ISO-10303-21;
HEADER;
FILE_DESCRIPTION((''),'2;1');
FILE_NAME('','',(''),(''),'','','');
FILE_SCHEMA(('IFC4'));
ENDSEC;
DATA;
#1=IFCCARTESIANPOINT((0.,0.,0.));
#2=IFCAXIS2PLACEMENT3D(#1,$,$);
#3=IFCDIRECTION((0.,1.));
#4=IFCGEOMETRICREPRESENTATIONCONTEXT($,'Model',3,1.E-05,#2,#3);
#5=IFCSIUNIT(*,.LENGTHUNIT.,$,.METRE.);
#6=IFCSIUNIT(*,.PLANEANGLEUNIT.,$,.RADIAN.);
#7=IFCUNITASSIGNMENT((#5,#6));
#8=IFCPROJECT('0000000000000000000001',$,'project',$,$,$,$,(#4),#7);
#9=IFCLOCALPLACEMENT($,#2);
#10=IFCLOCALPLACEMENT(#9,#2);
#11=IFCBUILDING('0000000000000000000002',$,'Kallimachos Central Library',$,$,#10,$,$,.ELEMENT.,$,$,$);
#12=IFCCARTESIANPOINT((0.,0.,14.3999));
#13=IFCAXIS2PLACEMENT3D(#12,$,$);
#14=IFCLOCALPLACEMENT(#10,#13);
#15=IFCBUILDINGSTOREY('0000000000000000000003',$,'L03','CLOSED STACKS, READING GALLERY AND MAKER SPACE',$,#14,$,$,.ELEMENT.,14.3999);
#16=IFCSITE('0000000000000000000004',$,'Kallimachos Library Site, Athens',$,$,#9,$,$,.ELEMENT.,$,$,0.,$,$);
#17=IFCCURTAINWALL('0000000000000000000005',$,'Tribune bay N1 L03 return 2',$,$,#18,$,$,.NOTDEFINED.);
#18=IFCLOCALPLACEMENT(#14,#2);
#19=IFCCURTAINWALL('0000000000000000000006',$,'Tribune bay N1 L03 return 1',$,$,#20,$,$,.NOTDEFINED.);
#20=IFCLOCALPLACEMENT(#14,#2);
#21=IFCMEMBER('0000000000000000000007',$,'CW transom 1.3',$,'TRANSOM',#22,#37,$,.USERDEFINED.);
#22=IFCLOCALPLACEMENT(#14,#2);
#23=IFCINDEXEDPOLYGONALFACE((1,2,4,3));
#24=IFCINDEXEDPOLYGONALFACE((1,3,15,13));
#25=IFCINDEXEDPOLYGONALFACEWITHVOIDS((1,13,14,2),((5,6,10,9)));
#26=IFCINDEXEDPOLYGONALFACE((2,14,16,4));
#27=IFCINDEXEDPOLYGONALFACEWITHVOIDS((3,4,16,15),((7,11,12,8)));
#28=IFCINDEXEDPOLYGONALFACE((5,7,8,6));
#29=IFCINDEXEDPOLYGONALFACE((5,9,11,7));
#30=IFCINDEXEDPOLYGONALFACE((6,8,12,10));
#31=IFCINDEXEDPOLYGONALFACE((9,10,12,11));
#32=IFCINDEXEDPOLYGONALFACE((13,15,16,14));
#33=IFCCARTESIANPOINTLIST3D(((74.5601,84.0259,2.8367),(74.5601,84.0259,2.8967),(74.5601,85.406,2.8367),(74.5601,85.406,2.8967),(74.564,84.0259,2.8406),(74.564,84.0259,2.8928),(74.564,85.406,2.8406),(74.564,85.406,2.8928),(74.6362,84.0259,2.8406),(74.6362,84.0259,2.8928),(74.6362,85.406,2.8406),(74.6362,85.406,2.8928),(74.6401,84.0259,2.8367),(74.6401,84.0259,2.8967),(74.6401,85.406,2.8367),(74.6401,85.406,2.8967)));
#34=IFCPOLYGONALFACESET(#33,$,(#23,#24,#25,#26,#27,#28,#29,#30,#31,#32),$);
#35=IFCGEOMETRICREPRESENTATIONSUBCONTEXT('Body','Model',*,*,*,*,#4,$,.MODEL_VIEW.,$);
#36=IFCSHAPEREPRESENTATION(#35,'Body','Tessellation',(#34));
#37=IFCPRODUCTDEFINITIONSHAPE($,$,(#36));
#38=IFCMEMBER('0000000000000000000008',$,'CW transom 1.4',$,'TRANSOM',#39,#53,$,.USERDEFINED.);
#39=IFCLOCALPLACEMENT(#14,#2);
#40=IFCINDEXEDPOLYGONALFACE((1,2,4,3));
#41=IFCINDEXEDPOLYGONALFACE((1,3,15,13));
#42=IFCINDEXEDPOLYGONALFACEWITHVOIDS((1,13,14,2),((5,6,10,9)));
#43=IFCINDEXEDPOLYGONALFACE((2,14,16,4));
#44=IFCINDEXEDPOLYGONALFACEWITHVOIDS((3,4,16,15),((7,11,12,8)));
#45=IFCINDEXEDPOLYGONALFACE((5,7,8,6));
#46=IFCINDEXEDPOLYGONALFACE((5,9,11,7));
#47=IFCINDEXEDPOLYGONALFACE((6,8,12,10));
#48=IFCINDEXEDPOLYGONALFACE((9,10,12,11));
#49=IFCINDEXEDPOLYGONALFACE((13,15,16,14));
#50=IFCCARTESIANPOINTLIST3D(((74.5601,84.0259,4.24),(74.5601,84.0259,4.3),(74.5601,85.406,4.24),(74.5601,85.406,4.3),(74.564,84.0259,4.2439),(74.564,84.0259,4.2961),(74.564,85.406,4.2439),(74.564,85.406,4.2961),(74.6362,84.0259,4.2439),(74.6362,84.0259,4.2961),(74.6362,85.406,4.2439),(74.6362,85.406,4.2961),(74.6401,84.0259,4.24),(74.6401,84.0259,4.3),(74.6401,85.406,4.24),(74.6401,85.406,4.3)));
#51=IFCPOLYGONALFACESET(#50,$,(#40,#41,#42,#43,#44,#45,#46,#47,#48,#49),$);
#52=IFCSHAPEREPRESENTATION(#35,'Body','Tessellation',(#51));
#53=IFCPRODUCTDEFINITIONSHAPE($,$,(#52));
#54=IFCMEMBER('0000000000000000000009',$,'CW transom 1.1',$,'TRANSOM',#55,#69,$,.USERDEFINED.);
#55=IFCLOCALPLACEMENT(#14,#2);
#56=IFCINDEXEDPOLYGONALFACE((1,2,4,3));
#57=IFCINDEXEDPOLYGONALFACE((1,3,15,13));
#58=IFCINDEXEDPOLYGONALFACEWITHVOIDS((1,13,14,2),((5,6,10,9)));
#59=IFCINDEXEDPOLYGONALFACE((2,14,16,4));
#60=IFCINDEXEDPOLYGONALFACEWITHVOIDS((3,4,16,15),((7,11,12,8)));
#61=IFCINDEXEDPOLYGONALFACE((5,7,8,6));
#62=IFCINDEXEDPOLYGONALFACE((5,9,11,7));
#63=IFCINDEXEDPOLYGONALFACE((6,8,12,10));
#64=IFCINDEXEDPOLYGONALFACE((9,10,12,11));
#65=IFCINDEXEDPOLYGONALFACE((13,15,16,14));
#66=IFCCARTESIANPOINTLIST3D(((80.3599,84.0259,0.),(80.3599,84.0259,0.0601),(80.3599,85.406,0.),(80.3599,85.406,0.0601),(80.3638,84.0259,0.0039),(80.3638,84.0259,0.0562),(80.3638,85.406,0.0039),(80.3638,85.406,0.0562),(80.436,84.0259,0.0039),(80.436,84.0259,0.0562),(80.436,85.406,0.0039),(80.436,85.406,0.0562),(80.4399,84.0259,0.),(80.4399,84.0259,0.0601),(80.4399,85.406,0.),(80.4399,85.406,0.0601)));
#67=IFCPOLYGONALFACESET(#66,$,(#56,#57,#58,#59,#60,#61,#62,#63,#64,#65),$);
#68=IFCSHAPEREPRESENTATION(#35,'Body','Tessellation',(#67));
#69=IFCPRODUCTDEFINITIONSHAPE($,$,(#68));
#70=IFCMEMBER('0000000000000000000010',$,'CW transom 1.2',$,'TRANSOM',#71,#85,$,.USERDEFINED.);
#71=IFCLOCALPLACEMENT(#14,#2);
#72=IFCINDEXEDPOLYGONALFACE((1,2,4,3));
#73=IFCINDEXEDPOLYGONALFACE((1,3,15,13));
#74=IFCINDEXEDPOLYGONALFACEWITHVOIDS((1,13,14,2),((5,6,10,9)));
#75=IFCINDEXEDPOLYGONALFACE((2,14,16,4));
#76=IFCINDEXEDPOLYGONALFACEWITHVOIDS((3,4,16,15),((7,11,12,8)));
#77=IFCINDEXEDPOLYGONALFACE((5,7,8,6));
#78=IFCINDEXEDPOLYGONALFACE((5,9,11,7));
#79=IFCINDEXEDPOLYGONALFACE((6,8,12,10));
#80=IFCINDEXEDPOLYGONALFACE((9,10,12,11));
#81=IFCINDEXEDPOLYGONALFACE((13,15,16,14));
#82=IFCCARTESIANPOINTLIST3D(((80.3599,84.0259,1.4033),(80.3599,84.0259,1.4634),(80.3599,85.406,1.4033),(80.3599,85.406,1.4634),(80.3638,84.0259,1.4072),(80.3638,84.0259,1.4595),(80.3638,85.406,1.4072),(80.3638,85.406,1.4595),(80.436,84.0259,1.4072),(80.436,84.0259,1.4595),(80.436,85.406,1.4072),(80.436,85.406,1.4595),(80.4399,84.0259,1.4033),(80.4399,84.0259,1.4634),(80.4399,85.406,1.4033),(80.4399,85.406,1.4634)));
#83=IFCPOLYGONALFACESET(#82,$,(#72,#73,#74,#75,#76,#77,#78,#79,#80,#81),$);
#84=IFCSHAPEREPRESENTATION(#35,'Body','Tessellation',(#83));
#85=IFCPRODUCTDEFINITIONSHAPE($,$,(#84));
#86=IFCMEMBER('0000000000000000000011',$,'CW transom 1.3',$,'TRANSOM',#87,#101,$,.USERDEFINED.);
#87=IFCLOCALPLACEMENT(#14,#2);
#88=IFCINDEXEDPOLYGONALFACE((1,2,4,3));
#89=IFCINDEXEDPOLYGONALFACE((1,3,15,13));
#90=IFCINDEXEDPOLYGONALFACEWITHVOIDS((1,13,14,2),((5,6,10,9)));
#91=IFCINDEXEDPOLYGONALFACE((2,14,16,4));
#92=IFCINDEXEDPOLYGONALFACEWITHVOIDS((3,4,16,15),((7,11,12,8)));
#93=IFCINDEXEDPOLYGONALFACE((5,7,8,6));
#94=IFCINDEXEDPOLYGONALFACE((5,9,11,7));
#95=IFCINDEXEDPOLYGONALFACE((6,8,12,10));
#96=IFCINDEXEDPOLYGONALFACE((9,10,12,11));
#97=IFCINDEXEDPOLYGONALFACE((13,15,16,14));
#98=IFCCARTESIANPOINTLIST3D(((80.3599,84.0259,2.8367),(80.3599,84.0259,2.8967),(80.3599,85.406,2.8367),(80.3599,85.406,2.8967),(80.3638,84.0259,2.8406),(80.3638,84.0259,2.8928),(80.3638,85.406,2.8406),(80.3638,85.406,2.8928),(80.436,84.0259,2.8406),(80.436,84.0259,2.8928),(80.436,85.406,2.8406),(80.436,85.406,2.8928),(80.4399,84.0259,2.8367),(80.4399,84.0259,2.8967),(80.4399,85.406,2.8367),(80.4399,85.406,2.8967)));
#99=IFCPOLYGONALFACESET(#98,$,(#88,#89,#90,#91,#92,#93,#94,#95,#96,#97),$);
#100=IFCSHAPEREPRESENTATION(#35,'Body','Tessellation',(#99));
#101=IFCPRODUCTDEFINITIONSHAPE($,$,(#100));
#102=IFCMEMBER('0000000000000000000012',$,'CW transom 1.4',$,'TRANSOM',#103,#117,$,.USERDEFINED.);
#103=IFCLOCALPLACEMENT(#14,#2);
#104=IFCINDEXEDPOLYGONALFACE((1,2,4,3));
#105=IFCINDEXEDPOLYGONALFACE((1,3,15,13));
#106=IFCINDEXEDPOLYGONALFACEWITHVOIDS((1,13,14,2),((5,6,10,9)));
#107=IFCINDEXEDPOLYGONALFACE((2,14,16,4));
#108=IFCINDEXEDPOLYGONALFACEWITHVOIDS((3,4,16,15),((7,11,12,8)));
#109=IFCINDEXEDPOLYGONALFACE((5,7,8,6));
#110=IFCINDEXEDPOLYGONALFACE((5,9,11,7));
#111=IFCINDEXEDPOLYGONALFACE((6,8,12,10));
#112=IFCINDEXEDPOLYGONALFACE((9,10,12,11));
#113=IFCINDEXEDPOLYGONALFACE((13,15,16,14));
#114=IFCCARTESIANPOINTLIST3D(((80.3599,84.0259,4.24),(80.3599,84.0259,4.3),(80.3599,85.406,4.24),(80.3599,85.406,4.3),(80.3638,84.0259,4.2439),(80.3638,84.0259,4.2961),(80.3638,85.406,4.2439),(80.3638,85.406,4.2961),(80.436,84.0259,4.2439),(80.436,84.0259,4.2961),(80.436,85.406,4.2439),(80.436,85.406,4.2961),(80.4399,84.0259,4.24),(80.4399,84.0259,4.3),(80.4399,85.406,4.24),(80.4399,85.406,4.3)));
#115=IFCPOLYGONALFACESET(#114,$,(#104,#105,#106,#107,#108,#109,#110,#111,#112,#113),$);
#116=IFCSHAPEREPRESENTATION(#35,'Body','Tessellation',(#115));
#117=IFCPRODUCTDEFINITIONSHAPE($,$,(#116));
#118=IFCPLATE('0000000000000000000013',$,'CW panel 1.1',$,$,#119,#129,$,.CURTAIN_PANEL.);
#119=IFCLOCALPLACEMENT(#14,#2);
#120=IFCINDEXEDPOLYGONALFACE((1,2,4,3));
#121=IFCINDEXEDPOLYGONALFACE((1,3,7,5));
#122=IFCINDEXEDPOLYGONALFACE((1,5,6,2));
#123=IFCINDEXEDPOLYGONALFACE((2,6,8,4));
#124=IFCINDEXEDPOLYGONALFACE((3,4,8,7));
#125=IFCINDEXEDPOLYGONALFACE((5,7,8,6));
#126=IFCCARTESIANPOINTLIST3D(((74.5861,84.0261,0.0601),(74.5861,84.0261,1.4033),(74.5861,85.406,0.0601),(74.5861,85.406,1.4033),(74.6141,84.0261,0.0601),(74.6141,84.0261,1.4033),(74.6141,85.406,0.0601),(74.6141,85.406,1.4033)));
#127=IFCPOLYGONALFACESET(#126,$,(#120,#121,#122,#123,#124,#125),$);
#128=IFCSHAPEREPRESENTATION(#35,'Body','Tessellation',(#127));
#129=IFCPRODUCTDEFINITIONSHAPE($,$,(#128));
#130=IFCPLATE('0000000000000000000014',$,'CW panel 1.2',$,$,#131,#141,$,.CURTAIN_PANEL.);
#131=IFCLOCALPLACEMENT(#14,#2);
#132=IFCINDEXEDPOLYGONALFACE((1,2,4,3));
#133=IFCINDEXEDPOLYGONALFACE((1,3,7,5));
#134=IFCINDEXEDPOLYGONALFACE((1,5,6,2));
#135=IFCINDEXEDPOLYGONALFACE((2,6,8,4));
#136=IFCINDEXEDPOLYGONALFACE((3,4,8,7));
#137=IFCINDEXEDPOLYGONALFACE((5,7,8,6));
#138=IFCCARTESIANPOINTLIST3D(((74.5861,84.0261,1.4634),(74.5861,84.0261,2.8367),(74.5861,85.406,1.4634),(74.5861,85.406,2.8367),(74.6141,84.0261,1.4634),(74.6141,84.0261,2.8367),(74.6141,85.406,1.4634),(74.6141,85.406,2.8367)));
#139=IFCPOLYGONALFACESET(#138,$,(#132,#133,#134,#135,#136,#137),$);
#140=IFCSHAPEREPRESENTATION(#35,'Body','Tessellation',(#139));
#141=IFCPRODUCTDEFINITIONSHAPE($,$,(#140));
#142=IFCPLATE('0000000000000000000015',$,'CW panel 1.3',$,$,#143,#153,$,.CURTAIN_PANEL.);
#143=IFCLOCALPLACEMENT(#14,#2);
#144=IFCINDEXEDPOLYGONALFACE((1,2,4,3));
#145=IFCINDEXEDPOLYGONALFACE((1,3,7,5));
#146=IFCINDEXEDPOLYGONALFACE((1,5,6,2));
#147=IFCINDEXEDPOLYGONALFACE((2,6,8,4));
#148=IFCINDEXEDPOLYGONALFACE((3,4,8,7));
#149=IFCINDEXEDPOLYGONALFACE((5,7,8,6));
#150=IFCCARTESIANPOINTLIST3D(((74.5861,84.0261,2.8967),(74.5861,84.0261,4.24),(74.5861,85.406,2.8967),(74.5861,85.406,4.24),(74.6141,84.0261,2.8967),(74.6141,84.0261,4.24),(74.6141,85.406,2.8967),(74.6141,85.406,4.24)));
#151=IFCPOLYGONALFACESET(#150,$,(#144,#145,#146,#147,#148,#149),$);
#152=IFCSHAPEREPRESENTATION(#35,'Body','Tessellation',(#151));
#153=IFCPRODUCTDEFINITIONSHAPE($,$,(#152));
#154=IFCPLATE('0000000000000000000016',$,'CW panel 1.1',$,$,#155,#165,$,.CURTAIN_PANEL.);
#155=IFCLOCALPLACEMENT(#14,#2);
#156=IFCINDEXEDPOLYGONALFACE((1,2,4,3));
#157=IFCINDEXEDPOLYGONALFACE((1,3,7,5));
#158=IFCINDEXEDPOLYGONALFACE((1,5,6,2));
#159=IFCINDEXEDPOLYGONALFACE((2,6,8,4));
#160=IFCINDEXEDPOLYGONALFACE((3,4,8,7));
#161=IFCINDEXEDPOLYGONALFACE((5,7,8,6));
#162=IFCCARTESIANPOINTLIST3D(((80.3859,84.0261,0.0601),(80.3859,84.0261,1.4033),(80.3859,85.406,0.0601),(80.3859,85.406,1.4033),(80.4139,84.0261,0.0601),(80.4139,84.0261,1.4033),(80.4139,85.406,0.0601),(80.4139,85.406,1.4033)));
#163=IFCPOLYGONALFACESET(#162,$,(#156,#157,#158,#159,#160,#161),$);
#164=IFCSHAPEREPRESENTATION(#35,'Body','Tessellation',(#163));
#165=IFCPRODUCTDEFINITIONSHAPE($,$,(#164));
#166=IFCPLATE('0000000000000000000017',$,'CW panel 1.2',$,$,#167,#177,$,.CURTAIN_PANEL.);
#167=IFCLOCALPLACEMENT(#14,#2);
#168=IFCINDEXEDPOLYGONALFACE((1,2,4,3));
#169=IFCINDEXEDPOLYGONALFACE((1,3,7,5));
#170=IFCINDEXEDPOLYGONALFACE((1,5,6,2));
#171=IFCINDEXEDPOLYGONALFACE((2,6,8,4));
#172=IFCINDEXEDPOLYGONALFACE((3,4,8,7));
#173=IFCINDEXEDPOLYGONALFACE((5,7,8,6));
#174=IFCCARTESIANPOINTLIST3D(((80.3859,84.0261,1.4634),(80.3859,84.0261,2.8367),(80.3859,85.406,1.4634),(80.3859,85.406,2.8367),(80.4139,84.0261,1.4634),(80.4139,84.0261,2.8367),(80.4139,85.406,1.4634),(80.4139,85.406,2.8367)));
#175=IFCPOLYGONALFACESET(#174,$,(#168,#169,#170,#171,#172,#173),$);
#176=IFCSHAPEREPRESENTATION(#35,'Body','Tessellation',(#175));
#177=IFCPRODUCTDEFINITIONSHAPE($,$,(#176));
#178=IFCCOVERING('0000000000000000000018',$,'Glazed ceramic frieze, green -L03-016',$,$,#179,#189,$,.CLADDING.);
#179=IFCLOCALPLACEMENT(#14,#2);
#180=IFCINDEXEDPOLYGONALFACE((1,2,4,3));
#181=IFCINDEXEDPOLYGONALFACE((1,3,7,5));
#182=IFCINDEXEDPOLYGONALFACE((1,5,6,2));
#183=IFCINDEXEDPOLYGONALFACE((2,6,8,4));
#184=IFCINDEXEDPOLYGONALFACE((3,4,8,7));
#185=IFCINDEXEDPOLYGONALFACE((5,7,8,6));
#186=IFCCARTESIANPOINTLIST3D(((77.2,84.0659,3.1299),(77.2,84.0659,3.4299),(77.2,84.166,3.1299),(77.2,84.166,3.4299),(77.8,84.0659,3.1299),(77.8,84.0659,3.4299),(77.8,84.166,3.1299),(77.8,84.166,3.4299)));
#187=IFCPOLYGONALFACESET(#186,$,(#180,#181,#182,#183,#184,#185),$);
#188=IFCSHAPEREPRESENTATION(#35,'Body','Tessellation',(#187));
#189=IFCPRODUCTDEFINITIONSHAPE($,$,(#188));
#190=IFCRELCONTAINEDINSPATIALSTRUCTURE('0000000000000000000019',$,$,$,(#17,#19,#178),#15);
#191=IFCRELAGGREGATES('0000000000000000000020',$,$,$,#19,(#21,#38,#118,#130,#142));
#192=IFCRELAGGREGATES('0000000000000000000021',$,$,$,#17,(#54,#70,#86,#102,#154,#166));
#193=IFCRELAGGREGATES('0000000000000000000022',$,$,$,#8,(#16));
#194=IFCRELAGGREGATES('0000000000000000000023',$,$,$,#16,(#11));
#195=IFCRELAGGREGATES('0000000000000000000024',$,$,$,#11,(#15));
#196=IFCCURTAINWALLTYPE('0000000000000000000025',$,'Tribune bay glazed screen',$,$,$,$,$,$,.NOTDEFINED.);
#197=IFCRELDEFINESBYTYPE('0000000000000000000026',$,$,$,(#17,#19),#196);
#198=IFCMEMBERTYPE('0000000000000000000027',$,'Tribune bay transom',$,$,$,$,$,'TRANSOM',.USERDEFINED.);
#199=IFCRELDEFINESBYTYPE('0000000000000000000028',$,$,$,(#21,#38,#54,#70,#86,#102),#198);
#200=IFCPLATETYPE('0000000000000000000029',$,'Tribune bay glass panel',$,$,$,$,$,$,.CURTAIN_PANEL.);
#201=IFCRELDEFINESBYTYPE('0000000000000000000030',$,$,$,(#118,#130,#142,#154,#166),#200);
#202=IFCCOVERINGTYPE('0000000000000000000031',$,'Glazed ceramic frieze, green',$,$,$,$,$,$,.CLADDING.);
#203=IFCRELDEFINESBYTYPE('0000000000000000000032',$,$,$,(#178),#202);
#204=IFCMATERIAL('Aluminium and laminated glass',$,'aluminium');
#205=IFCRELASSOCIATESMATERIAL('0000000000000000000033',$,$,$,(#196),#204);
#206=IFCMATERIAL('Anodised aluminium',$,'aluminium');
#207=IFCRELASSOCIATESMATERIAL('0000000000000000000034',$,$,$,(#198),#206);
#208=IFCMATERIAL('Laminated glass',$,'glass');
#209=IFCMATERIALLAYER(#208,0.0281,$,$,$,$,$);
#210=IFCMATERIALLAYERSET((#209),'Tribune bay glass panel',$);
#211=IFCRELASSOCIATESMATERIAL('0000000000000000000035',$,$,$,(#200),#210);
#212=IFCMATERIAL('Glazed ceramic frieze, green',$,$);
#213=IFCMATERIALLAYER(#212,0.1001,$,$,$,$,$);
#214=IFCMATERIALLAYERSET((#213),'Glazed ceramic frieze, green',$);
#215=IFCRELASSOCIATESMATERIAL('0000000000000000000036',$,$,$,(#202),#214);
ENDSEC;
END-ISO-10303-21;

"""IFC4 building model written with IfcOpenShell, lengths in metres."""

from ifc_helpers import new_model, si_unit, direction, frame, origin, origin_2d, place, context, subcontext, project, spatial, rectangle, hollow_rectangle, extrude, material, layer, layer_set, material_profile, profile_set, type_object, element, aggregate, save


model = new_model("IFC4")

# Units and contexts
model_context = context("Model", 3, precision=1e-05, world=origin(), true_north=direction((0.0, 1.0)))
body_context = subcontext(model_context, "Body", "Model", "MODEL_VIEW")
ifc_project = project(units=[si_unit("LENGTHUNIT", "METRE"), si_unit("PLANEANGLEUNIT", "RADIAN")], contexts=[model_context])

# Site, building, storey
site_placement = place(None, origin())
site = spatial("IfcSite", under=ifc_project, at=site_placement, Name="Kallimachos Library Site, Athens", CompositionType="ELEMENT", RefElevation=0.0)
building_placement = place(site_placement, origin())
building = spatial("IfcBuilding", under=site, at=building_placement, Name="Kallimachos Central Library", CompositionType="ELEMENT")
storey_placement = place(building_placement, frame((0.0, 0.0, 14.3999)))
storey = spatial("IfcBuildingStorey", under=building, at=storey_placement, Name="L03", Description="CLOSED STACKS, READING GALLERY AND MAKER SPACE", CompositionType="ELEMENT", Elevation=14.3999)

# Curtain wall
ifc_material_1 = material(Name="Aluminium and laminated glass", Category="aluminium")
curtain_wall_type = type_object("IfcCurtainWallType", Name="Tribune bay glazed screen", PredefinedType="NOTDEFINED", material=ifc_material_1)
curtain_wall_1_placement = place(storey_placement, origin())
curtain_wall_1 = element("IfcCurtainWall", 1, at=curtain_wall_1_placement, inside=storey, type_object=curtain_wall_type, Name="Tribune bay N1 L03 return 2", PredefinedType="NOTDEFINED")

# Curtain wall, members
curtain_wall_2_placement = place(storey_placement, origin())
curtain_wall_2 = element("IfcCurtainWall", 2, at=curtain_wall_2_placement, inside=storey, type_object=curtain_wall_type, Name="Tribune bay N1 L03 return 1", PredefinedType="NOTDEFINED")
ifc_material_2 = material(Name="Anodised aluminium", Category="aluminium")
ifc_material_profile_1 = material_profile(ifc_material_2, hollow_rectangle(XDim=0.0601, YDim=0.0801, WallThickness=0.0039, at=origin_2d()), Name="ALU TRANSOM 60x80")
ifc_profile_set_1 = profile_set([ifc_material_profile_1], Name="Anodised aluminium")
member_type_1 = type_object("IfcMemberType", Name="Tribune bay transom", ElementType="TRANSOM", PredefinedType="USERDEFINED", material=ifc_profile_set_1)
member_1_placement = place(storey_placement, frame((74.6001, 84.0259, 2.8667), z_axis=(0.0, 1.0, 0.0), x_axis=(0.0, 0.0, 1.0)))
member_1 = element("IfcMember", 3, at=member_1_placement, type_object=member_type_1, Name="CW transom 1.3", ObjectType="TRANSOM", PredefinedType="USERDEFINED", context=body_context, shape_type="SweptSolid", body=[
    extrude(hollow_rectangle(XDim=0.0601, YDim=0.0801, WallThickness=0.0039, at=origin_2d()), origin(), (0.0, 0.0, 1.0), 1.3801),
])
member_2_placement = place(storey_placement, frame((74.6001, 84.0259, 4.27), z_axis=(0.0, 1.0, 0.0), x_axis=(0.0, 0.0, 1.0)))
member_2 = element("IfcMember", 4, at=member_2_placement, type_object=member_type_1, Name="CW transom 1.4", ObjectType="TRANSOM", PredefinedType="USERDEFINED", context=body_context, shape_type="SweptSolid", body=[
    extrude(hollow_rectangle(XDim=0.0601, YDim=0.0801, WallThickness=0.0039, at=origin_2d()), origin(), (0.0, 0.0, 1.0), 1.3801),
])

# Members
member_3_placement = place(storey_placement, frame((80.3999, 84.0259, 0.03), z_axis=(0.0, 1.0, 0.0), x_axis=(0.0, 0.0, 1.0)))
member_3 = element("IfcMember", 5, at=member_3_placement, type_object=member_type_1, Name="CW transom 1.1", ObjectType="TRANSOM", PredefinedType="USERDEFINED", context=body_context, shape_type="SweptSolid", body=[
    extrude(hollow_rectangle(XDim=0.0601, YDim=0.0801, WallThickness=0.0039, at=origin_2d()), origin(), (0.0, 0.0, 1.0), 1.3801),
])
member_4_placement = place(storey_placement, frame((80.3999, 84.0259, 1.4333), z_axis=(0.0, 1.0, 0.0), x_axis=(0.0, 0.0, 1.0)))
member_4 = element("IfcMember", 6, at=member_4_placement, type_object=member_type_1, Name="CW transom 1.2", ObjectType="TRANSOM", PredefinedType="USERDEFINED", context=body_context, shape_type="SweptSolid", body=[
    extrude(hollow_rectangle(XDim=0.0601, YDim=0.0801, WallThickness=0.0039, at=origin_2d()), origin(), (0.0, 0.0, 1.0), 1.3801),
])
member_5_placement = place(storey_placement, frame((80.3999, 84.0259, 2.8667), z_axis=(0.0, 1.0, 0.0), x_axis=(0.0, 0.0, 1.0)))
member_5 = element("IfcMember", 7, at=member_5_placement, type_object=member_type_1, Name="CW transom 1.3", ObjectType="TRANSOM", PredefinedType="USERDEFINED", context=body_context, shape_type="SweptSolid", body=[
    extrude(hollow_rectangle(XDim=0.0601, YDim=0.0801, WallThickness=0.0039, at=origin_2d()), origin(), (0.0, 0.0, 1.0), 1.3801),
])
member_6_placement = place(storey_placement, frame((80.3999, 84.0259, 4.27), z_axis=(0.0, 1.0, 0.0), x_axis=(0.0, 0.0, 1.0)))
member_6 = element("IfcMember", 8, at=member_6_placement, type_object=member_type_1, Name="CW transom 1.4", ObjectType="TRANSOM", PredefinedType="USERDEFINED", context=body_context, shape_type="SweptSolid", body=[
    extrude(hollow_rectangle(XDim=0.0601, YDim=0.0801, WallThickness=0.0039, at=origin_2d()), origin(), (0.0, 0.0, 1.0), 1.3801),
])

# Plates
ifc_material_3 = material(Name="Laminated glass", Category="glass")
ifc_layer_1 = layer(ifc_material_3, 0.0281)
ifc_layer_set_1 = layer_set([ifc_layer_1], Name="Tribune bay glass panel")
plate_type = type_object("IfcPlateType", Name="Tribune bay glass panel", PredefinedType="CURTAIN_PANEL", material=ifc_layer_set_1)
plate_1_placement = place(storey_placement, frame((74.6001, 84.7161, 0.0601), z_axis=(0.0, 0.0, 1.0), x_axis=(0.0, 1.0, 0.0)))
plate_1 = element("IfcPlate", 9, at=plate_1_placement, type_object=plate_type, Name="CW panel 1.1", PredefinedType="CURTAIN_PANEL", context=body_context, shape_type="SweptSolid", body=[
    extrude(rectangle(XDim=1.3799, YDim=0.0281, at=origin_2d()), origin(), (0.0, 0.0, 1.0), 1.3433),
])
plate_2_placement = place(storey_placement, frame((74.6001, 84.7161, 1.4634), z_axis=(0.0, 0.0, 1.0), x_axis=(0.0, 1.0, 0.0)))
plate_2 = element("IfcPlate", 10, at=plate_2_placement, type_object=plate_type, Name="CW panel 1.2", PredefinedType="CURTAIN_PANEL", context=body_context, shape_type="SweptSolid", body=[
    extrude(rectangle(XDim=1.3799, YDim=0.0281, at=origin_2d()), origin(), (0.0, 0.0, 1.0), 1.3733),
])
plate_3_placement = place(storey_placement, frame((74.6001, 84.7161, 2.8967), z_axis=(0.0, 0.0, 1.0), x_axis=(0.0, 1.0, 0.0)))
plate_3 = element("IfcPlate", 11, at=plate_3_placement, type_object=plate_type, Name="CW panel 1.3", PredefinedType="CURTAIN_PANEL", context=body_context, shape_type="SweptSolid", body=[
    extrude(rectangle(XDim=1.3799, YDim=0.0281, at=origin_2d()), origin(), (0.0, 0.0, 1.0), 1.3433),
])
aggregate(curtain_wall_2, [member_1, member_2, plate_1, plate_2, plate_3])
plate_4_placement = place(storey_placement, frame((80.3999, 84.7161, 0.0601), z_axis=(0.0, 0.0, 1.0), x_axis=(0.0, 1.0, 0.0)))
plate_4 = element("IfcPlate", 12, at=plate_4_placement, type_object=plate_type, Name="CW panel 1.1", PredefinedType="CURTAIN_PANEL", context=body_context, shape_type="SweptSolid", body=[
    extrude(rectangle(XDim=1.3799, YDim=0.0281, at=origin_2d()), origin(), (0.0, 0.0, 1.0), 1.3433),
])
plate_5_placement = place(storey_placement, frame((80.3999, 84.7161, 1.4634), z_axis=(0.0, 0.0, 1.0), x_axis=(0.0, 1.0, 0.0)))
plate_5 = element("IfcPlate", 13, at=plate_5_placement, type_object=plate_type, Name="CW panel 1.2", PredefinedType="CURTAIN_PANEL", context=body_context, shape_type="SweptSolid", body=[
    extrude(rectangle(XDim=1.3799, YDim=0.0281, at=origin_2d()), origin(), (0.0, 0.0, 1.0), 1.3733),
])
aggregate(curtain_wall_1, [member_3, member_4, member_5, member_6, plate_4, plate_5])

# Covering
ifc_material_4 = material(Name="Glazed ceramic frieze, green")
ifc_layer_2 = layer(ifc_material_4, 0.1001)
ifc_layer_set_2 = layer_set([ifc_layer_2], Name="Glazed ceramic frieze, green")
covering_type_1 = type_object("IfcCoveringType", Name="Glazed ceramic frieze, green", PredefinedType="CLADDING", material=ifc_layer_set_2)
covering_1_placement = place(storey_placement, frame((77.5, 84.116, 3.1299), z_axis=(0.0, 0.0, 1.0), x_axis=(1.0, 0.0, 0.0)))
element("IfcCovering", 14, at=covering_1_placement, inside=storey, type_object=covering_type_1, Name="Glazed ceramic frieze, green -L03-016", PredefinedType="CLADDING", context=body_context, shape_type="SweptSolid", body=[
    extrude(rectangle(XDim=0.6001, YDim=0.1001, at=origin_2d()), origin(), (0.0, 0.0, 1.0), 0.3),
])

save(model, "model.ifc")
